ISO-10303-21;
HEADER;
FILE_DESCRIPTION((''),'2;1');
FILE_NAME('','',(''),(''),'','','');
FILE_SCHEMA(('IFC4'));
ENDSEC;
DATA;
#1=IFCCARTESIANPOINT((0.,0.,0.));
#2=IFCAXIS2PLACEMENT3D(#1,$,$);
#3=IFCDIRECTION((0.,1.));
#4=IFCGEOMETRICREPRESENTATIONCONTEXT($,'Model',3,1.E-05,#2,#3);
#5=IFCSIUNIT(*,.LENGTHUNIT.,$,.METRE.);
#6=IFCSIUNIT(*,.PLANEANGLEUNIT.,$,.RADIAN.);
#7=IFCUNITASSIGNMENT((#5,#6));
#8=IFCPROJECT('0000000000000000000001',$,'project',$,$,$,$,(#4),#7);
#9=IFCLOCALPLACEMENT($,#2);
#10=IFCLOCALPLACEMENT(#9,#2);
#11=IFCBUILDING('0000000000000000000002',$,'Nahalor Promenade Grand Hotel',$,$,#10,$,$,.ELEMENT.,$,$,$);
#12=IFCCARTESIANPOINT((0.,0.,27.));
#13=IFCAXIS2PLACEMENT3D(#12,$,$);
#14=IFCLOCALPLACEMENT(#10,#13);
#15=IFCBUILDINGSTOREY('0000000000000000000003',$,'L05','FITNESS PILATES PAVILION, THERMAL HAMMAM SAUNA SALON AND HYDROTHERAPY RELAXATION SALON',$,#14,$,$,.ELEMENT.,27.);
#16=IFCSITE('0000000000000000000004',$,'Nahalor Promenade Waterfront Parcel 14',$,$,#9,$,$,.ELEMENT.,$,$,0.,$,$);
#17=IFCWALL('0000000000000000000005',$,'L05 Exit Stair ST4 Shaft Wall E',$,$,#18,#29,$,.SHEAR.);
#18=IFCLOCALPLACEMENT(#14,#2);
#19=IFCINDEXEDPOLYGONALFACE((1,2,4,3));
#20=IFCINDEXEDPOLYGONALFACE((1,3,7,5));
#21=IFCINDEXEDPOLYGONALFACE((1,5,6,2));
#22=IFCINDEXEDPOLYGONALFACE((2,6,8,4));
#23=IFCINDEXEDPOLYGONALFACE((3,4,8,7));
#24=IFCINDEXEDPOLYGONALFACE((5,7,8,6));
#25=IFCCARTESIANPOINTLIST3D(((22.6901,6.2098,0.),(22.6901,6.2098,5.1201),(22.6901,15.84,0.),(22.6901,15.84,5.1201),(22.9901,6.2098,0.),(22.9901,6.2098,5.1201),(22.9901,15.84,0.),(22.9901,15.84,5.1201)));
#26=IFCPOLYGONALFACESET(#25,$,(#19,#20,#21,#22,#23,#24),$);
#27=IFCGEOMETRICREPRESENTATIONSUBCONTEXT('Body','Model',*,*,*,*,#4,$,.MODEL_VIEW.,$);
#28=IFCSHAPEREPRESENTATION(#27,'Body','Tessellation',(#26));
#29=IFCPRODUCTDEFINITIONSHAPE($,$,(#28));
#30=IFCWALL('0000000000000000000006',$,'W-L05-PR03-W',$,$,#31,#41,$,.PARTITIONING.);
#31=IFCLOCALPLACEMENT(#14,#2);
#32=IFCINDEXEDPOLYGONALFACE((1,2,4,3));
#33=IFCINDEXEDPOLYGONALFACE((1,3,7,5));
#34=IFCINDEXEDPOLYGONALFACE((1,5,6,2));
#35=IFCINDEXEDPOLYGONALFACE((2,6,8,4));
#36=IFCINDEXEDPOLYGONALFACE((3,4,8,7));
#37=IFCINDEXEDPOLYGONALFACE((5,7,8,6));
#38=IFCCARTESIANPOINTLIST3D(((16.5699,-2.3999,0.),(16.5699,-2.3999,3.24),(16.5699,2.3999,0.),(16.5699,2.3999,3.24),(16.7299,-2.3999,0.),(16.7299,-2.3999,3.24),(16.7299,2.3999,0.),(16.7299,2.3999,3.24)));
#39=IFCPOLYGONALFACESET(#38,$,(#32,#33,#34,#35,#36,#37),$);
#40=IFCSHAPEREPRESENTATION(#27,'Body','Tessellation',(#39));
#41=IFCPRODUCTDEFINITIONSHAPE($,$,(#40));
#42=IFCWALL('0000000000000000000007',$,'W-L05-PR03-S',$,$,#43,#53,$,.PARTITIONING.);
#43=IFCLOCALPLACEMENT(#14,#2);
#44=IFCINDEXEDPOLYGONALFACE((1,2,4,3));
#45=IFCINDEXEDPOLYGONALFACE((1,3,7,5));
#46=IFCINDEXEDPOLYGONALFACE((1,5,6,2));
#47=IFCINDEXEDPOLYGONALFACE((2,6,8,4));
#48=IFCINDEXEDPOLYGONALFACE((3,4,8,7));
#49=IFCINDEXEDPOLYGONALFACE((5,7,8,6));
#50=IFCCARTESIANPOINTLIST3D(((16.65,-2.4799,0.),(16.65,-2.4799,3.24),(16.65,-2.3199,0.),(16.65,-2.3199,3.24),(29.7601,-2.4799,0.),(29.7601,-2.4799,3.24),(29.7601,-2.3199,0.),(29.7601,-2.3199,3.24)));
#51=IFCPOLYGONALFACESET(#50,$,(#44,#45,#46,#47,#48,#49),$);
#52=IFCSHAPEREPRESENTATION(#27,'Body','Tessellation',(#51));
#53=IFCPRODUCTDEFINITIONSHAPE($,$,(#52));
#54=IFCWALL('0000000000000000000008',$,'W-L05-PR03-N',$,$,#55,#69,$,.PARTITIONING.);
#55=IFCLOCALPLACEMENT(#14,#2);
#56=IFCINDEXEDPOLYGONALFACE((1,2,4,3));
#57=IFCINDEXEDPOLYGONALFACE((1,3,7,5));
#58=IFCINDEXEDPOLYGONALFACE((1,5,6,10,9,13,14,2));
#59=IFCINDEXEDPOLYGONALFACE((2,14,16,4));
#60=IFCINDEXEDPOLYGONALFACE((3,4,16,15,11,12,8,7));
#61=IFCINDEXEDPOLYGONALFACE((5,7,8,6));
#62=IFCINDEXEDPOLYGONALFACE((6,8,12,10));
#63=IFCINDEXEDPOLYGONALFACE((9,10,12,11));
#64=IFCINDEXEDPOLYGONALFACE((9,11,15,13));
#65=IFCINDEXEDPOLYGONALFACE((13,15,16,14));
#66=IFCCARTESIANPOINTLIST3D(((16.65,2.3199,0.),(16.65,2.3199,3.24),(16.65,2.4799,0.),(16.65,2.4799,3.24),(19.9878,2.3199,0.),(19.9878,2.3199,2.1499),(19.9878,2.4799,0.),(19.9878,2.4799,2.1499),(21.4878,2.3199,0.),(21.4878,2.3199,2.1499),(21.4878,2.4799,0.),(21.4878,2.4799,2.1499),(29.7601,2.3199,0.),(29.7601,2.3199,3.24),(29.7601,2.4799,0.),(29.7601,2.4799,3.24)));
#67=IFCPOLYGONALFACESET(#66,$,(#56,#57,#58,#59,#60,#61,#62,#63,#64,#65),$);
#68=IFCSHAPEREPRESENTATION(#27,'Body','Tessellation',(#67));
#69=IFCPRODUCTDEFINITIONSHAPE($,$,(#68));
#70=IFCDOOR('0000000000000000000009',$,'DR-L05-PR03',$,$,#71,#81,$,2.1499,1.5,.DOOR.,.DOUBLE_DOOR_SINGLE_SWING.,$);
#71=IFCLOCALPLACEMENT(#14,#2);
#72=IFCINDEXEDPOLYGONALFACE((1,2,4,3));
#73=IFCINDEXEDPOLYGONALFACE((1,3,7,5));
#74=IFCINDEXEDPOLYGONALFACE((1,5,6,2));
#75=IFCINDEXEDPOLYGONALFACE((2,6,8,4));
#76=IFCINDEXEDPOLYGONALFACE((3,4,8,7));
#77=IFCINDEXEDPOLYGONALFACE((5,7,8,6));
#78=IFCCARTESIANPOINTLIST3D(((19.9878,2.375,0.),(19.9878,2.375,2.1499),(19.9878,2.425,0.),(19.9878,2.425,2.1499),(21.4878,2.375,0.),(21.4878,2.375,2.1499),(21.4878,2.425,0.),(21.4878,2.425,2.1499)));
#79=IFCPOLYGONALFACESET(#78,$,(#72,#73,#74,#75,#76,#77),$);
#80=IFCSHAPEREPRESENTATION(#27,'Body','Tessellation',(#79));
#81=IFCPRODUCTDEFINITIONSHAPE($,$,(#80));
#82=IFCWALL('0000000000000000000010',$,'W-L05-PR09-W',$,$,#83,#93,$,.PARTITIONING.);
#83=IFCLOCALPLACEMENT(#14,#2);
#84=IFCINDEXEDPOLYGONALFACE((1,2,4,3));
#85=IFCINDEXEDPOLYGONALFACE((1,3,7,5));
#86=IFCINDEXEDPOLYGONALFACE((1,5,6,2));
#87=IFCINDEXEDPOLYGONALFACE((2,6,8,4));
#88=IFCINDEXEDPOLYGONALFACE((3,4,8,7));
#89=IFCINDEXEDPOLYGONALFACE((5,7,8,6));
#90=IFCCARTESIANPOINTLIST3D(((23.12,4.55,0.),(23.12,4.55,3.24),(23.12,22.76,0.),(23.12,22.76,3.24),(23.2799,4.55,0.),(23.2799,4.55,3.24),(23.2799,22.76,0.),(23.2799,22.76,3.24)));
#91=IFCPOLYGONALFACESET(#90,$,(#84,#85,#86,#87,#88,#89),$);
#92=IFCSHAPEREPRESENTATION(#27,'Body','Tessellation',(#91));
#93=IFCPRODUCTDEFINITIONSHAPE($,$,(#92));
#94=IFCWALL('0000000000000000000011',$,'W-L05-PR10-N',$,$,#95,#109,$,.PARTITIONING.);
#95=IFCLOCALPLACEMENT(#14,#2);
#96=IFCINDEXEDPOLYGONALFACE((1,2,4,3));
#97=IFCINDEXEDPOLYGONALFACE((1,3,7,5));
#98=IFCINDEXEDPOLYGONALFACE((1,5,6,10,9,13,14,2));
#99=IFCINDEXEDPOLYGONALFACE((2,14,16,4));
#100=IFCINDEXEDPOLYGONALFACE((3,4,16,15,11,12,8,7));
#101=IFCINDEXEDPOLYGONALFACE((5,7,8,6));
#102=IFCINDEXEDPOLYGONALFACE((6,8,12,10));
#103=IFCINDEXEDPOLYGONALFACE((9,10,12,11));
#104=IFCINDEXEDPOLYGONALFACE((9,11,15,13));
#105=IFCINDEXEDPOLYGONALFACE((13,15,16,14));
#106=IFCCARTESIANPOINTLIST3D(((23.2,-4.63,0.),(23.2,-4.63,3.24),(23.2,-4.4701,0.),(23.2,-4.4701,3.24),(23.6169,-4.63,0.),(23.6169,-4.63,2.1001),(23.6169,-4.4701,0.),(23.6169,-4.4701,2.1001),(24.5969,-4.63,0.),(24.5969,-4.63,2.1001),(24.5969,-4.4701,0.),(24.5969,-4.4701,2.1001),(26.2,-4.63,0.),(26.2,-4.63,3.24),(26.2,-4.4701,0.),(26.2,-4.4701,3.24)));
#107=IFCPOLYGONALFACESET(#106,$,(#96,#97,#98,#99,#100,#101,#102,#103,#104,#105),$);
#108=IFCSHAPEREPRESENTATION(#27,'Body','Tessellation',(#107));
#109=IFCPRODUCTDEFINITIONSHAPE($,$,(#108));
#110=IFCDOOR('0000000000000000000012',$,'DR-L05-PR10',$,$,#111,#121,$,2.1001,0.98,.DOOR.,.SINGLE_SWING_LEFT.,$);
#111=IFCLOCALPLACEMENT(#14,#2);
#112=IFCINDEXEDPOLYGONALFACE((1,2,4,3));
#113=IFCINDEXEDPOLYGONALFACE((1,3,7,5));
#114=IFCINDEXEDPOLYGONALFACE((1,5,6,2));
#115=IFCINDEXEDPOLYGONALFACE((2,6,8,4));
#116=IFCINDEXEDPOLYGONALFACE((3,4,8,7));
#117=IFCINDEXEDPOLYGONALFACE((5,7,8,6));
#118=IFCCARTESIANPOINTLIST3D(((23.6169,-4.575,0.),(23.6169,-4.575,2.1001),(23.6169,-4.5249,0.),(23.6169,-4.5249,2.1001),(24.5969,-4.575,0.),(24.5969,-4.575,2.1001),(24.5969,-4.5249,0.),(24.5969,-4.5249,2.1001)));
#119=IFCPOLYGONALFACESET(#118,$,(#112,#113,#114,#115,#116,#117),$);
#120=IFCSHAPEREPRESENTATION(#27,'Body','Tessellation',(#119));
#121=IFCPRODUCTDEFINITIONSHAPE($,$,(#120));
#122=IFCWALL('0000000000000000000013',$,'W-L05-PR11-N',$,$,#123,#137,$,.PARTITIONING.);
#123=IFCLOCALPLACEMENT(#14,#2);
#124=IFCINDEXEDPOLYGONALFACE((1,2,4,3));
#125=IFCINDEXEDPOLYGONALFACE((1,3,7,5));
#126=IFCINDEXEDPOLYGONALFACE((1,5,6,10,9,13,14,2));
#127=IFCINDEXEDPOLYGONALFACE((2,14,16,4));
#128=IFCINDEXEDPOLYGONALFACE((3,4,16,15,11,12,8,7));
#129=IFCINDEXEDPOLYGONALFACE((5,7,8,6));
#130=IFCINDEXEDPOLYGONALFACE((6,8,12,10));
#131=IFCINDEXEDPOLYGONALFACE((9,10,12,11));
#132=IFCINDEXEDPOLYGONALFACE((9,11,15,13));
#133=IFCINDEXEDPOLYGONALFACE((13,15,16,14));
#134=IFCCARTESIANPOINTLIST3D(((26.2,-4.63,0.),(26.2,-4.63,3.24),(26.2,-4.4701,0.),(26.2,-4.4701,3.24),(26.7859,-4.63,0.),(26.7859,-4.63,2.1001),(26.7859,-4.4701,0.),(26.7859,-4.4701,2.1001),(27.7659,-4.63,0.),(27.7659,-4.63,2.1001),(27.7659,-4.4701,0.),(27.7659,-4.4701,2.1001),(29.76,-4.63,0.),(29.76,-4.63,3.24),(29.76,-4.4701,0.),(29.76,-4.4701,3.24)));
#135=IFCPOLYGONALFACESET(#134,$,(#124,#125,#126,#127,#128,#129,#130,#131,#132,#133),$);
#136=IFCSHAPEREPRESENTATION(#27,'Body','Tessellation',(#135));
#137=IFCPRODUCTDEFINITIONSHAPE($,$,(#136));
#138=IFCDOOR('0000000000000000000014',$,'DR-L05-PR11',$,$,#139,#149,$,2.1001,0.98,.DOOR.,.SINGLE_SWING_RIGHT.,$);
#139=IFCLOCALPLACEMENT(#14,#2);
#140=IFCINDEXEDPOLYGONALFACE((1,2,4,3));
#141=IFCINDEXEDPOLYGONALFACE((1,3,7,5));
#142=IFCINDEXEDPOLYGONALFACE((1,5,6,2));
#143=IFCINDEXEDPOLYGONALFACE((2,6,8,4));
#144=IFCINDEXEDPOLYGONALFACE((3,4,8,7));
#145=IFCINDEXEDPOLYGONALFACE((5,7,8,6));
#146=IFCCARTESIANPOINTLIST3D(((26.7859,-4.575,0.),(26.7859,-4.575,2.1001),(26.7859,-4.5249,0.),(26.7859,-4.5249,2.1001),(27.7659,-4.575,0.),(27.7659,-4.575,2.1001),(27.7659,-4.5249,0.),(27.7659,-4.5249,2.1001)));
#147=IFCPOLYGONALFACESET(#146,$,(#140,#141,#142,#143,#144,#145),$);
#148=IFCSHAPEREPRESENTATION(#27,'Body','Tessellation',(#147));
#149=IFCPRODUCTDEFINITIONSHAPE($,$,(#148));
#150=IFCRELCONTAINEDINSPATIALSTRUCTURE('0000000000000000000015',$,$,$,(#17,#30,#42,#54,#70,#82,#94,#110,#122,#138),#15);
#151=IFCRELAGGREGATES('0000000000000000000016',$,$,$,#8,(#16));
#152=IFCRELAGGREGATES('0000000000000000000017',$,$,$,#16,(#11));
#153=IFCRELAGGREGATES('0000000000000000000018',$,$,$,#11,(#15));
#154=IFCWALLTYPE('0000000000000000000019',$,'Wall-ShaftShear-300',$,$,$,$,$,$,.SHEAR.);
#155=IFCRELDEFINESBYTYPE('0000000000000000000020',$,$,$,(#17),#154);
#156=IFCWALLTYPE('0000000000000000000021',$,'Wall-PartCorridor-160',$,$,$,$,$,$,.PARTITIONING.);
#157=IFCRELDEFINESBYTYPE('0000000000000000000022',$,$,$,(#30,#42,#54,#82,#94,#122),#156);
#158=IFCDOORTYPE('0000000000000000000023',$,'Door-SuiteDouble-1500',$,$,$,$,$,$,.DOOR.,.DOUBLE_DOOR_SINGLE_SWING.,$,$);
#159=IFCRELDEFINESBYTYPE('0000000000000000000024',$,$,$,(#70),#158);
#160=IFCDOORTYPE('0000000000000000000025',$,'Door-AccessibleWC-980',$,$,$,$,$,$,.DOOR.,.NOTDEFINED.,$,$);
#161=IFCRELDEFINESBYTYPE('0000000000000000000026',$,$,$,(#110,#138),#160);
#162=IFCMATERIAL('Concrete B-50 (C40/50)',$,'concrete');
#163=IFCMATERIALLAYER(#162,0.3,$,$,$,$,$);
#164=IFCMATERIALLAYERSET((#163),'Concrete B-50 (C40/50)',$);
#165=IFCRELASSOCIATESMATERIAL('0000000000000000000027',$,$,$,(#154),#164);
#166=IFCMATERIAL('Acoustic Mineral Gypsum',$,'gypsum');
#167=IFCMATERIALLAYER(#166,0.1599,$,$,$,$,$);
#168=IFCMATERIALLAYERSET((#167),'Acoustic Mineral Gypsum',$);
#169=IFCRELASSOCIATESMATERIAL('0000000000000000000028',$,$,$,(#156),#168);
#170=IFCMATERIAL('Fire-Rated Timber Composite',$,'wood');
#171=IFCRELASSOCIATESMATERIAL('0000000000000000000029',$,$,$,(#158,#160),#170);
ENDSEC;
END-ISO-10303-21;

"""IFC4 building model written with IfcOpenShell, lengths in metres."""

from ifc_helpers import new_model, si_unit, direction, frame, frame_2d, origin, place, context, subcontext, project, spatial, rectangle, extrude, source, transform, mapped, material, layer, layer_set, type_object, element, fill, save


model = new_model("IFC4")

# Units and contexts
model_context = context("Model", 3, precision=1e-05, world=origin(), true_north=direction((0.0, 1.0)))
body_context = subcontext(model_context, "Body", "Model", "MODEL_VIEW")
ifc_project = project(units=[si_unit("LENGTHUNIT", "METRE"), si_unit("PLANEANGLEUNIT", "RADIAN")], contexts=[model_context])

# Site, building, storey
site_placement = place(None, origin())
site = spatial("IfcSite", under=ifc_project, at=site_placement, Name="Nahalor Promenade Waterfront Parcel 14", CompositionType="ELEMENT", RefElevation=0.0)
building_placement = place(site_placement, origin())
building = spatial("IfcBuilding", under=site, at=building_placement, Name="Nahalor Promenade Grand Hotel", CompositionType="ELEMENT")
storey_placement = place(building_placement, frame((0.0, 0.0, 27.0)))
storey = spatial("IfcBuildingStorey", under=building, at=storey_placement, Name="L05", Description="FITNESS PILATES PAVILION, THERMAL HAMMAM SAUNA SALON AND HYDROTHERAPY RELAXATION SALON", CompositionType="ELEMENT", Elevation=27.0)

# Shared definitions
ifc_material_1 = material(Name="Concrete B-50 (C40/50)", Category="concrete")
ifc_layer_1 = layer(ifc_material_1, 0.3)
ifc_layer_set_1 = layer_set([ifc_layer_1], Name="Concrete B-50 (C40/50)")
wall_type_1 = type_object("IfcWallType", Name="Wall-ShaftShear-300", PredefinedType="SHEAR", material=ifc_layer_set_1)

# Walls
shared_shape_1 = source(origin(), body_context, "Body", "SweptSolid", [
    extrude(rectangle(XDim=9.6301, YDim=0.3, at=frame_2d((4.8149, 0.0))), origin(), (0.0, 0.0, 1.0), 5.1201),
])
for number, where, z_axis, x_axis, name in (
    (1, (22.8401, 6.21, 0.0), (0.0, 0.0, 1.0), (0.0, 1.0, 0.0), "L05 Exit Stair ST4 Shaft Wall E"),
):
    element("IfcWall", number, at=place(storey_placement, frame(where, z_axis=z_axis, x_axis=x_axis)), inside=storey, type_object=wall_type_1, Name=name, PredefinedType="SHEAR", context=body_context, shape_type="MappedRepresentation", body=[
        mapped(shared_shape_1, transform((0.0, 0.0, 0.0), scale=1.0)),
    ])
ifc_material_2 = material(Name="Acoustic Mineral Gypsum", Category="gypsum")
ifc_layer_2 = layer(ifc_material_2, 0.1599)
ifc_layer_set_2 = layer_set([ifc_layer_2], Name="Acoustic Mineral Gypsum")
wall_type_2 = type_object("IfcWallType", Name="Wall-PartCorridor-160", PredefinedType="PARTITIONING", material=ifc_layer_set_2)
shared_shape_2 = source(origin(), body_context, "Body", "SweptSolid", [
    extrude(rectangle(XDim=4.7998, YDim=0.1599, at=frame_2d((2.3999, 0.0))), origin(), (0.0, 0.0, 1.0), 3.24),
])
wall_1_placement = place(storey_placement, frame((16.6499, -2.3999, 0.0), z_axis=(0.0, 0.0, 1.0), x_axis=(0.0, 1.0, 0.0)))
element("IfcWall", 2, at=wall_1_placement, inside=storey, type_object=wall_type_2, Name="W-L05-PR03-W", PredefinedType="PARTITIONING", context=body_context, shape_type="MappedRepresentation", body=[
    mapped(shared_shape_2, transform((0.0, 0.0, 0.0), scale=1.0)),
])
shared_shape_3 = source(origin(), body_context, "Body", "SweptSolid", [
    extrude(rectangle(XDim=13.1101, YDim=0.1599, at=frame_2d((6.5552, 0.0))), origin(), (0.0, 0.0, 1.0), 3.24),
])
wall_2_placement = place(storey_placement, frame((16.6499, -2.3999, 0.0), z_axis=(0.0, 0.0, 1.0), x_axis=(1.0, 0.0, 0.0)))
element("IfcWall", 3, at=wall_2_placement, inside=storey, type_object=wall_type_2, Name="W-L05-PR03-S", PredefinedType="PARTITIONING", context=body_context, shape_type="MappedRepresentation", body=[
    mapped(shared_shape_3, transform((0.0, 0.0, 0.0), scale=1.0)),
])

# Wall, opening, door
wall_3_placement = place(storey_placement, frame((16.6499, 2.3999, 0.0), z_axis=(0.0, 0.0, 1.0), x_axis=(1.0, 0.0, 0.0)))
wall_3 = element("IfcWall", 4, at=wall_3_placement, inside=storey, type_object=wall_type_2, Name="W-L05-PR03-N", PredefinedType="PARTITIONING", context=body_context, shape_type="MappedRepresentation", body=[
    mapped(shared_shape_3, transform((0.0, 0.0, 0.0), scale=1.0)),
])
opening_1_placement = place(wall_3_placement, frame((3.3379, 0.0, 0.0)))
opening_1 = element("IfcOpeningElement", 5, at=opening_1_placement, cuts=wall_3, PredefinedType="OPENING", context=body_context, shape_type="SweptSolid", body=[
    extrude(rectangle(XDim=1.5, YDim=2.1499, at=frame_2d((0.75, 1.075))), frame((0.0, 0.0898, 0.0), z_axis=(0.0, -1.0, 0.0), x_axis=(1.0, 0.0, 0.0)), (0.0, 0.0, 1.0), 0.1799),
])
ifc_material_3 = material(Name="Fire-Rated Timber Composite", Category="wood")
door_type_1 = type_object("IfcDoorType", Name="Door-SuiteDouble-1500", OperationType="DOUBLE_DOOR_SINGLE_SWING", PredefinedType="DOOR", material=ifc_material_3)
shared_shape_4 = source(origin(), body_context, "Body", "SweptSolid", [
    extrude(rectangle(XDim=1.5, YDim=2.1499, at=frame_2d((0.75, 1.075))), frame((0.0, 0.0249, 0.0), z_axis=(0.0, -1.0, 0.0), x_axis=(1.0, 0.0, 0.0)), (0.0, 0.0, 1.0), 0.05),
])
door_1_placement = place(opening_1_placement, frame((1.5, 0.0, 0.0), z_axis=(0.0, 0.0, 1.0), x_axis=(-1.0, 0.0, 0.0)))
door_1 = element("IfcDoor", 6, at=door_1_placement, inside=storey, type_object=door_type_1, Name="DR-L05-PR03", OperationType="DOUBLE_DOOR_SINGLE_SWING", OverallHeight=2.1499, OverallWidth=1.5, PredefinedType="DOOR", context=body_context, shape_type="MappedRepresentation", body=[
    mapped(shared_shape_4, transform((0.0, 0.0, 0.0), scale=1.0)),
])
fill(opening_1, door_1)

# Wall
shared_shape_5 = source(origin(), body_context, "Body", "SweptSolid", [
    extrude(rectangle(XDim=18.21, YDim=0.1599, at=frame_2d((9.105, 0.0))), origin(), (0.0, 0.0, 1.0), 3.24),
])
wall_4_placement = place(storey_placement, frame((23.2, 4.55, 0.0), z_axis=(0.0, 0.0, 1.0), x_axis=(0.0, 1.0, 0.0)))
element("IfcWall", 7, at=wall_4_placement, inside=storey, type_object=wall_type_2, Name="W-L05-PR09-W", PredefinedType="PARTITIONING", context=body_context, shape_type="MappedRepresentation", body=[
    mapped(shared_shape_5, transform((0.0, 0.0, 0.0), scale=1.0)),
])

# Walls, openings, doors
shared_shape_6 = source(origin(), body_context, "Body", "SweptSolid", [
    extrude(rectangle(XDim=3.0, YDim=0.1599, at=frame_2d((1.5, 0.0))), origin(), (0.0, 0.0, 1.0), 3.24),
])
wall_5_placement = place(storey_placement, frame((23.2, -4.55, 0.0), z_axis=(0.0, 0.0, 1.0), x_axis=(1.0, 0.0, 0.0)))
wall_5 = element("IfcWall", 8, at=wall_5_placement, inside=storey, type_object=wall_type_2, Name="W-L05-PR10-N", PredefinedType="PARTITIONING", context=body_context, shape_type="MappedRepresentation", body=[
    mapped(shared_shape_6, transform((0.0, 0.0, 0.0), scale=1.0)),
])
opening_2_placement = place(wall_5_placement, frame((0.417, 0.0, 0.0)))
opening_2 = element("IfcOpeningElement", 9, at=opening_2_placement, cuts=wall_5, PredefinedType="OPENING", context=body_context, shape_type="SweptSolid", body=[
    extrude(rectangle(XDim=0.98, YDim=2.1001, at=frame_2d((0.49, 1.05))), frame((0.0, 0.0898, 0.0), z_axis=(0.0, -1.0, 0.0), x_axis=(1.0, 0.0, 0.0)), (0.0, 0.0, 1.0), 0.1799),
])
door_type_2 = type_object("IfcDoorType", Name="Door-AccessibleWC-980", OperationType="NOTDEFINED", PredefinedType="DOOR", material=ifc_material_3)
shared_shape_7 = source(origin(), body_context, "Body", "SweptSolid", [
    extrude(rectangle(XDim=0.98, YDim=2.1001, at=frame_2d((0.49, 1.05))), frame((0.0, 0.0249, 0.0), z_axis=(0.0, -1.0, 0.0), x_axis=(1.0, 0.0, 0.0)), (0.0, 0.0, 1.0), 0.05),
])
door_2_placement = place(opening_2_placement, frame((0.98, 0.0, 0.0), z_axis=(0.0, 0.0, 1.0), x_axis=(-1.0, 0.0, 0.0)))
door_2 = element("IfcDoor", 10, at=door_2_placement, inside=storey, type_object=door_type_2, Name="DR-L05-PR10", OperationType="SINGLE_SWING_LEFT", OverallHeight=2.1001, OverallWidth=0.98, PredefinedType="DOOR", context=body_context, shape_type="MappedRepresentation", body=[
    mapped(shared_shape_7, transform((0.0, 0.0, 0.0), scale=1.0)),
])
fill(opening_2, door_2)
shared_shape_8 = source(origin(), body_context, "Body", "SweptSolid", [
    extrude(rectangle(XDim=3.5601, YDim=0.1599, at=frame_2d((1.78, 0.0))), origin(), (0.0, 0.0, 1.0), 3.24),
])
wall_6_placement = place(storey_placement, frame((26.2, -4.55, 0.0), z_axis=(0.0, 0.0, 1.0), x_axis=(1.0, 0.0, 0.0)))
wall_6 = element("IfcWall", 11, at=wall_6_placement, inside=storey, type_object=wall_type_2, Name="W-L05-PR11-N", PredefinedType="PARTITIONING", context=body_context, shape_type="MappedRepresentation", body=[
    mapped(shared_shape_8, transform((0.0, 0.0, 0.0), scale=1.0)),
])
opening_3_placement = place(wall_6_placement, frame((0.5859, 0.0, 0.0)))
opening_3 = element("IfcOpeningElement", 12, at=opening_3_placement, cuts=wall_6, PredefinedType="OPENING", context=body_context, shape_type="SweptSolid", body=[
    extrude(rectangle(XDim=0.98, YDim=2.1001, at=frame_2d((0.49, 1.05))), frame((0.0, 0.0898, 0.0), z_axis=(0.0, -1.0, 0.0), x_axis=(1.0, 0.0, 0.0)), (0.0, 0.0, 1.0), 0.1799),
])
door_3_placement = place(opening_3_placement, frame((0.98, 0.0, 0.0), z_axis=(0.0, 0.0, 1.0), x_axis=(-1.0, 0.0, 0.0)))
door_3 = element("IfcDoor", 13, at=door_3_placement, inside=storey, type_object=door_type_2, Name="DR-L05-PR11", OperationType="SINGLE_SWING_RIGHT", OverallHeight=2.1001, OverallWidth=0.98, PredefinedType="DOOR", context=body_context, shape_type="MappedRepresentation", body=[
    mapped(shared_shape_7, transform((0.0, 0.0, 0.0), scale=1.0)),
])
fill(opening_3, door_3)

save(model, "model.ifc")
